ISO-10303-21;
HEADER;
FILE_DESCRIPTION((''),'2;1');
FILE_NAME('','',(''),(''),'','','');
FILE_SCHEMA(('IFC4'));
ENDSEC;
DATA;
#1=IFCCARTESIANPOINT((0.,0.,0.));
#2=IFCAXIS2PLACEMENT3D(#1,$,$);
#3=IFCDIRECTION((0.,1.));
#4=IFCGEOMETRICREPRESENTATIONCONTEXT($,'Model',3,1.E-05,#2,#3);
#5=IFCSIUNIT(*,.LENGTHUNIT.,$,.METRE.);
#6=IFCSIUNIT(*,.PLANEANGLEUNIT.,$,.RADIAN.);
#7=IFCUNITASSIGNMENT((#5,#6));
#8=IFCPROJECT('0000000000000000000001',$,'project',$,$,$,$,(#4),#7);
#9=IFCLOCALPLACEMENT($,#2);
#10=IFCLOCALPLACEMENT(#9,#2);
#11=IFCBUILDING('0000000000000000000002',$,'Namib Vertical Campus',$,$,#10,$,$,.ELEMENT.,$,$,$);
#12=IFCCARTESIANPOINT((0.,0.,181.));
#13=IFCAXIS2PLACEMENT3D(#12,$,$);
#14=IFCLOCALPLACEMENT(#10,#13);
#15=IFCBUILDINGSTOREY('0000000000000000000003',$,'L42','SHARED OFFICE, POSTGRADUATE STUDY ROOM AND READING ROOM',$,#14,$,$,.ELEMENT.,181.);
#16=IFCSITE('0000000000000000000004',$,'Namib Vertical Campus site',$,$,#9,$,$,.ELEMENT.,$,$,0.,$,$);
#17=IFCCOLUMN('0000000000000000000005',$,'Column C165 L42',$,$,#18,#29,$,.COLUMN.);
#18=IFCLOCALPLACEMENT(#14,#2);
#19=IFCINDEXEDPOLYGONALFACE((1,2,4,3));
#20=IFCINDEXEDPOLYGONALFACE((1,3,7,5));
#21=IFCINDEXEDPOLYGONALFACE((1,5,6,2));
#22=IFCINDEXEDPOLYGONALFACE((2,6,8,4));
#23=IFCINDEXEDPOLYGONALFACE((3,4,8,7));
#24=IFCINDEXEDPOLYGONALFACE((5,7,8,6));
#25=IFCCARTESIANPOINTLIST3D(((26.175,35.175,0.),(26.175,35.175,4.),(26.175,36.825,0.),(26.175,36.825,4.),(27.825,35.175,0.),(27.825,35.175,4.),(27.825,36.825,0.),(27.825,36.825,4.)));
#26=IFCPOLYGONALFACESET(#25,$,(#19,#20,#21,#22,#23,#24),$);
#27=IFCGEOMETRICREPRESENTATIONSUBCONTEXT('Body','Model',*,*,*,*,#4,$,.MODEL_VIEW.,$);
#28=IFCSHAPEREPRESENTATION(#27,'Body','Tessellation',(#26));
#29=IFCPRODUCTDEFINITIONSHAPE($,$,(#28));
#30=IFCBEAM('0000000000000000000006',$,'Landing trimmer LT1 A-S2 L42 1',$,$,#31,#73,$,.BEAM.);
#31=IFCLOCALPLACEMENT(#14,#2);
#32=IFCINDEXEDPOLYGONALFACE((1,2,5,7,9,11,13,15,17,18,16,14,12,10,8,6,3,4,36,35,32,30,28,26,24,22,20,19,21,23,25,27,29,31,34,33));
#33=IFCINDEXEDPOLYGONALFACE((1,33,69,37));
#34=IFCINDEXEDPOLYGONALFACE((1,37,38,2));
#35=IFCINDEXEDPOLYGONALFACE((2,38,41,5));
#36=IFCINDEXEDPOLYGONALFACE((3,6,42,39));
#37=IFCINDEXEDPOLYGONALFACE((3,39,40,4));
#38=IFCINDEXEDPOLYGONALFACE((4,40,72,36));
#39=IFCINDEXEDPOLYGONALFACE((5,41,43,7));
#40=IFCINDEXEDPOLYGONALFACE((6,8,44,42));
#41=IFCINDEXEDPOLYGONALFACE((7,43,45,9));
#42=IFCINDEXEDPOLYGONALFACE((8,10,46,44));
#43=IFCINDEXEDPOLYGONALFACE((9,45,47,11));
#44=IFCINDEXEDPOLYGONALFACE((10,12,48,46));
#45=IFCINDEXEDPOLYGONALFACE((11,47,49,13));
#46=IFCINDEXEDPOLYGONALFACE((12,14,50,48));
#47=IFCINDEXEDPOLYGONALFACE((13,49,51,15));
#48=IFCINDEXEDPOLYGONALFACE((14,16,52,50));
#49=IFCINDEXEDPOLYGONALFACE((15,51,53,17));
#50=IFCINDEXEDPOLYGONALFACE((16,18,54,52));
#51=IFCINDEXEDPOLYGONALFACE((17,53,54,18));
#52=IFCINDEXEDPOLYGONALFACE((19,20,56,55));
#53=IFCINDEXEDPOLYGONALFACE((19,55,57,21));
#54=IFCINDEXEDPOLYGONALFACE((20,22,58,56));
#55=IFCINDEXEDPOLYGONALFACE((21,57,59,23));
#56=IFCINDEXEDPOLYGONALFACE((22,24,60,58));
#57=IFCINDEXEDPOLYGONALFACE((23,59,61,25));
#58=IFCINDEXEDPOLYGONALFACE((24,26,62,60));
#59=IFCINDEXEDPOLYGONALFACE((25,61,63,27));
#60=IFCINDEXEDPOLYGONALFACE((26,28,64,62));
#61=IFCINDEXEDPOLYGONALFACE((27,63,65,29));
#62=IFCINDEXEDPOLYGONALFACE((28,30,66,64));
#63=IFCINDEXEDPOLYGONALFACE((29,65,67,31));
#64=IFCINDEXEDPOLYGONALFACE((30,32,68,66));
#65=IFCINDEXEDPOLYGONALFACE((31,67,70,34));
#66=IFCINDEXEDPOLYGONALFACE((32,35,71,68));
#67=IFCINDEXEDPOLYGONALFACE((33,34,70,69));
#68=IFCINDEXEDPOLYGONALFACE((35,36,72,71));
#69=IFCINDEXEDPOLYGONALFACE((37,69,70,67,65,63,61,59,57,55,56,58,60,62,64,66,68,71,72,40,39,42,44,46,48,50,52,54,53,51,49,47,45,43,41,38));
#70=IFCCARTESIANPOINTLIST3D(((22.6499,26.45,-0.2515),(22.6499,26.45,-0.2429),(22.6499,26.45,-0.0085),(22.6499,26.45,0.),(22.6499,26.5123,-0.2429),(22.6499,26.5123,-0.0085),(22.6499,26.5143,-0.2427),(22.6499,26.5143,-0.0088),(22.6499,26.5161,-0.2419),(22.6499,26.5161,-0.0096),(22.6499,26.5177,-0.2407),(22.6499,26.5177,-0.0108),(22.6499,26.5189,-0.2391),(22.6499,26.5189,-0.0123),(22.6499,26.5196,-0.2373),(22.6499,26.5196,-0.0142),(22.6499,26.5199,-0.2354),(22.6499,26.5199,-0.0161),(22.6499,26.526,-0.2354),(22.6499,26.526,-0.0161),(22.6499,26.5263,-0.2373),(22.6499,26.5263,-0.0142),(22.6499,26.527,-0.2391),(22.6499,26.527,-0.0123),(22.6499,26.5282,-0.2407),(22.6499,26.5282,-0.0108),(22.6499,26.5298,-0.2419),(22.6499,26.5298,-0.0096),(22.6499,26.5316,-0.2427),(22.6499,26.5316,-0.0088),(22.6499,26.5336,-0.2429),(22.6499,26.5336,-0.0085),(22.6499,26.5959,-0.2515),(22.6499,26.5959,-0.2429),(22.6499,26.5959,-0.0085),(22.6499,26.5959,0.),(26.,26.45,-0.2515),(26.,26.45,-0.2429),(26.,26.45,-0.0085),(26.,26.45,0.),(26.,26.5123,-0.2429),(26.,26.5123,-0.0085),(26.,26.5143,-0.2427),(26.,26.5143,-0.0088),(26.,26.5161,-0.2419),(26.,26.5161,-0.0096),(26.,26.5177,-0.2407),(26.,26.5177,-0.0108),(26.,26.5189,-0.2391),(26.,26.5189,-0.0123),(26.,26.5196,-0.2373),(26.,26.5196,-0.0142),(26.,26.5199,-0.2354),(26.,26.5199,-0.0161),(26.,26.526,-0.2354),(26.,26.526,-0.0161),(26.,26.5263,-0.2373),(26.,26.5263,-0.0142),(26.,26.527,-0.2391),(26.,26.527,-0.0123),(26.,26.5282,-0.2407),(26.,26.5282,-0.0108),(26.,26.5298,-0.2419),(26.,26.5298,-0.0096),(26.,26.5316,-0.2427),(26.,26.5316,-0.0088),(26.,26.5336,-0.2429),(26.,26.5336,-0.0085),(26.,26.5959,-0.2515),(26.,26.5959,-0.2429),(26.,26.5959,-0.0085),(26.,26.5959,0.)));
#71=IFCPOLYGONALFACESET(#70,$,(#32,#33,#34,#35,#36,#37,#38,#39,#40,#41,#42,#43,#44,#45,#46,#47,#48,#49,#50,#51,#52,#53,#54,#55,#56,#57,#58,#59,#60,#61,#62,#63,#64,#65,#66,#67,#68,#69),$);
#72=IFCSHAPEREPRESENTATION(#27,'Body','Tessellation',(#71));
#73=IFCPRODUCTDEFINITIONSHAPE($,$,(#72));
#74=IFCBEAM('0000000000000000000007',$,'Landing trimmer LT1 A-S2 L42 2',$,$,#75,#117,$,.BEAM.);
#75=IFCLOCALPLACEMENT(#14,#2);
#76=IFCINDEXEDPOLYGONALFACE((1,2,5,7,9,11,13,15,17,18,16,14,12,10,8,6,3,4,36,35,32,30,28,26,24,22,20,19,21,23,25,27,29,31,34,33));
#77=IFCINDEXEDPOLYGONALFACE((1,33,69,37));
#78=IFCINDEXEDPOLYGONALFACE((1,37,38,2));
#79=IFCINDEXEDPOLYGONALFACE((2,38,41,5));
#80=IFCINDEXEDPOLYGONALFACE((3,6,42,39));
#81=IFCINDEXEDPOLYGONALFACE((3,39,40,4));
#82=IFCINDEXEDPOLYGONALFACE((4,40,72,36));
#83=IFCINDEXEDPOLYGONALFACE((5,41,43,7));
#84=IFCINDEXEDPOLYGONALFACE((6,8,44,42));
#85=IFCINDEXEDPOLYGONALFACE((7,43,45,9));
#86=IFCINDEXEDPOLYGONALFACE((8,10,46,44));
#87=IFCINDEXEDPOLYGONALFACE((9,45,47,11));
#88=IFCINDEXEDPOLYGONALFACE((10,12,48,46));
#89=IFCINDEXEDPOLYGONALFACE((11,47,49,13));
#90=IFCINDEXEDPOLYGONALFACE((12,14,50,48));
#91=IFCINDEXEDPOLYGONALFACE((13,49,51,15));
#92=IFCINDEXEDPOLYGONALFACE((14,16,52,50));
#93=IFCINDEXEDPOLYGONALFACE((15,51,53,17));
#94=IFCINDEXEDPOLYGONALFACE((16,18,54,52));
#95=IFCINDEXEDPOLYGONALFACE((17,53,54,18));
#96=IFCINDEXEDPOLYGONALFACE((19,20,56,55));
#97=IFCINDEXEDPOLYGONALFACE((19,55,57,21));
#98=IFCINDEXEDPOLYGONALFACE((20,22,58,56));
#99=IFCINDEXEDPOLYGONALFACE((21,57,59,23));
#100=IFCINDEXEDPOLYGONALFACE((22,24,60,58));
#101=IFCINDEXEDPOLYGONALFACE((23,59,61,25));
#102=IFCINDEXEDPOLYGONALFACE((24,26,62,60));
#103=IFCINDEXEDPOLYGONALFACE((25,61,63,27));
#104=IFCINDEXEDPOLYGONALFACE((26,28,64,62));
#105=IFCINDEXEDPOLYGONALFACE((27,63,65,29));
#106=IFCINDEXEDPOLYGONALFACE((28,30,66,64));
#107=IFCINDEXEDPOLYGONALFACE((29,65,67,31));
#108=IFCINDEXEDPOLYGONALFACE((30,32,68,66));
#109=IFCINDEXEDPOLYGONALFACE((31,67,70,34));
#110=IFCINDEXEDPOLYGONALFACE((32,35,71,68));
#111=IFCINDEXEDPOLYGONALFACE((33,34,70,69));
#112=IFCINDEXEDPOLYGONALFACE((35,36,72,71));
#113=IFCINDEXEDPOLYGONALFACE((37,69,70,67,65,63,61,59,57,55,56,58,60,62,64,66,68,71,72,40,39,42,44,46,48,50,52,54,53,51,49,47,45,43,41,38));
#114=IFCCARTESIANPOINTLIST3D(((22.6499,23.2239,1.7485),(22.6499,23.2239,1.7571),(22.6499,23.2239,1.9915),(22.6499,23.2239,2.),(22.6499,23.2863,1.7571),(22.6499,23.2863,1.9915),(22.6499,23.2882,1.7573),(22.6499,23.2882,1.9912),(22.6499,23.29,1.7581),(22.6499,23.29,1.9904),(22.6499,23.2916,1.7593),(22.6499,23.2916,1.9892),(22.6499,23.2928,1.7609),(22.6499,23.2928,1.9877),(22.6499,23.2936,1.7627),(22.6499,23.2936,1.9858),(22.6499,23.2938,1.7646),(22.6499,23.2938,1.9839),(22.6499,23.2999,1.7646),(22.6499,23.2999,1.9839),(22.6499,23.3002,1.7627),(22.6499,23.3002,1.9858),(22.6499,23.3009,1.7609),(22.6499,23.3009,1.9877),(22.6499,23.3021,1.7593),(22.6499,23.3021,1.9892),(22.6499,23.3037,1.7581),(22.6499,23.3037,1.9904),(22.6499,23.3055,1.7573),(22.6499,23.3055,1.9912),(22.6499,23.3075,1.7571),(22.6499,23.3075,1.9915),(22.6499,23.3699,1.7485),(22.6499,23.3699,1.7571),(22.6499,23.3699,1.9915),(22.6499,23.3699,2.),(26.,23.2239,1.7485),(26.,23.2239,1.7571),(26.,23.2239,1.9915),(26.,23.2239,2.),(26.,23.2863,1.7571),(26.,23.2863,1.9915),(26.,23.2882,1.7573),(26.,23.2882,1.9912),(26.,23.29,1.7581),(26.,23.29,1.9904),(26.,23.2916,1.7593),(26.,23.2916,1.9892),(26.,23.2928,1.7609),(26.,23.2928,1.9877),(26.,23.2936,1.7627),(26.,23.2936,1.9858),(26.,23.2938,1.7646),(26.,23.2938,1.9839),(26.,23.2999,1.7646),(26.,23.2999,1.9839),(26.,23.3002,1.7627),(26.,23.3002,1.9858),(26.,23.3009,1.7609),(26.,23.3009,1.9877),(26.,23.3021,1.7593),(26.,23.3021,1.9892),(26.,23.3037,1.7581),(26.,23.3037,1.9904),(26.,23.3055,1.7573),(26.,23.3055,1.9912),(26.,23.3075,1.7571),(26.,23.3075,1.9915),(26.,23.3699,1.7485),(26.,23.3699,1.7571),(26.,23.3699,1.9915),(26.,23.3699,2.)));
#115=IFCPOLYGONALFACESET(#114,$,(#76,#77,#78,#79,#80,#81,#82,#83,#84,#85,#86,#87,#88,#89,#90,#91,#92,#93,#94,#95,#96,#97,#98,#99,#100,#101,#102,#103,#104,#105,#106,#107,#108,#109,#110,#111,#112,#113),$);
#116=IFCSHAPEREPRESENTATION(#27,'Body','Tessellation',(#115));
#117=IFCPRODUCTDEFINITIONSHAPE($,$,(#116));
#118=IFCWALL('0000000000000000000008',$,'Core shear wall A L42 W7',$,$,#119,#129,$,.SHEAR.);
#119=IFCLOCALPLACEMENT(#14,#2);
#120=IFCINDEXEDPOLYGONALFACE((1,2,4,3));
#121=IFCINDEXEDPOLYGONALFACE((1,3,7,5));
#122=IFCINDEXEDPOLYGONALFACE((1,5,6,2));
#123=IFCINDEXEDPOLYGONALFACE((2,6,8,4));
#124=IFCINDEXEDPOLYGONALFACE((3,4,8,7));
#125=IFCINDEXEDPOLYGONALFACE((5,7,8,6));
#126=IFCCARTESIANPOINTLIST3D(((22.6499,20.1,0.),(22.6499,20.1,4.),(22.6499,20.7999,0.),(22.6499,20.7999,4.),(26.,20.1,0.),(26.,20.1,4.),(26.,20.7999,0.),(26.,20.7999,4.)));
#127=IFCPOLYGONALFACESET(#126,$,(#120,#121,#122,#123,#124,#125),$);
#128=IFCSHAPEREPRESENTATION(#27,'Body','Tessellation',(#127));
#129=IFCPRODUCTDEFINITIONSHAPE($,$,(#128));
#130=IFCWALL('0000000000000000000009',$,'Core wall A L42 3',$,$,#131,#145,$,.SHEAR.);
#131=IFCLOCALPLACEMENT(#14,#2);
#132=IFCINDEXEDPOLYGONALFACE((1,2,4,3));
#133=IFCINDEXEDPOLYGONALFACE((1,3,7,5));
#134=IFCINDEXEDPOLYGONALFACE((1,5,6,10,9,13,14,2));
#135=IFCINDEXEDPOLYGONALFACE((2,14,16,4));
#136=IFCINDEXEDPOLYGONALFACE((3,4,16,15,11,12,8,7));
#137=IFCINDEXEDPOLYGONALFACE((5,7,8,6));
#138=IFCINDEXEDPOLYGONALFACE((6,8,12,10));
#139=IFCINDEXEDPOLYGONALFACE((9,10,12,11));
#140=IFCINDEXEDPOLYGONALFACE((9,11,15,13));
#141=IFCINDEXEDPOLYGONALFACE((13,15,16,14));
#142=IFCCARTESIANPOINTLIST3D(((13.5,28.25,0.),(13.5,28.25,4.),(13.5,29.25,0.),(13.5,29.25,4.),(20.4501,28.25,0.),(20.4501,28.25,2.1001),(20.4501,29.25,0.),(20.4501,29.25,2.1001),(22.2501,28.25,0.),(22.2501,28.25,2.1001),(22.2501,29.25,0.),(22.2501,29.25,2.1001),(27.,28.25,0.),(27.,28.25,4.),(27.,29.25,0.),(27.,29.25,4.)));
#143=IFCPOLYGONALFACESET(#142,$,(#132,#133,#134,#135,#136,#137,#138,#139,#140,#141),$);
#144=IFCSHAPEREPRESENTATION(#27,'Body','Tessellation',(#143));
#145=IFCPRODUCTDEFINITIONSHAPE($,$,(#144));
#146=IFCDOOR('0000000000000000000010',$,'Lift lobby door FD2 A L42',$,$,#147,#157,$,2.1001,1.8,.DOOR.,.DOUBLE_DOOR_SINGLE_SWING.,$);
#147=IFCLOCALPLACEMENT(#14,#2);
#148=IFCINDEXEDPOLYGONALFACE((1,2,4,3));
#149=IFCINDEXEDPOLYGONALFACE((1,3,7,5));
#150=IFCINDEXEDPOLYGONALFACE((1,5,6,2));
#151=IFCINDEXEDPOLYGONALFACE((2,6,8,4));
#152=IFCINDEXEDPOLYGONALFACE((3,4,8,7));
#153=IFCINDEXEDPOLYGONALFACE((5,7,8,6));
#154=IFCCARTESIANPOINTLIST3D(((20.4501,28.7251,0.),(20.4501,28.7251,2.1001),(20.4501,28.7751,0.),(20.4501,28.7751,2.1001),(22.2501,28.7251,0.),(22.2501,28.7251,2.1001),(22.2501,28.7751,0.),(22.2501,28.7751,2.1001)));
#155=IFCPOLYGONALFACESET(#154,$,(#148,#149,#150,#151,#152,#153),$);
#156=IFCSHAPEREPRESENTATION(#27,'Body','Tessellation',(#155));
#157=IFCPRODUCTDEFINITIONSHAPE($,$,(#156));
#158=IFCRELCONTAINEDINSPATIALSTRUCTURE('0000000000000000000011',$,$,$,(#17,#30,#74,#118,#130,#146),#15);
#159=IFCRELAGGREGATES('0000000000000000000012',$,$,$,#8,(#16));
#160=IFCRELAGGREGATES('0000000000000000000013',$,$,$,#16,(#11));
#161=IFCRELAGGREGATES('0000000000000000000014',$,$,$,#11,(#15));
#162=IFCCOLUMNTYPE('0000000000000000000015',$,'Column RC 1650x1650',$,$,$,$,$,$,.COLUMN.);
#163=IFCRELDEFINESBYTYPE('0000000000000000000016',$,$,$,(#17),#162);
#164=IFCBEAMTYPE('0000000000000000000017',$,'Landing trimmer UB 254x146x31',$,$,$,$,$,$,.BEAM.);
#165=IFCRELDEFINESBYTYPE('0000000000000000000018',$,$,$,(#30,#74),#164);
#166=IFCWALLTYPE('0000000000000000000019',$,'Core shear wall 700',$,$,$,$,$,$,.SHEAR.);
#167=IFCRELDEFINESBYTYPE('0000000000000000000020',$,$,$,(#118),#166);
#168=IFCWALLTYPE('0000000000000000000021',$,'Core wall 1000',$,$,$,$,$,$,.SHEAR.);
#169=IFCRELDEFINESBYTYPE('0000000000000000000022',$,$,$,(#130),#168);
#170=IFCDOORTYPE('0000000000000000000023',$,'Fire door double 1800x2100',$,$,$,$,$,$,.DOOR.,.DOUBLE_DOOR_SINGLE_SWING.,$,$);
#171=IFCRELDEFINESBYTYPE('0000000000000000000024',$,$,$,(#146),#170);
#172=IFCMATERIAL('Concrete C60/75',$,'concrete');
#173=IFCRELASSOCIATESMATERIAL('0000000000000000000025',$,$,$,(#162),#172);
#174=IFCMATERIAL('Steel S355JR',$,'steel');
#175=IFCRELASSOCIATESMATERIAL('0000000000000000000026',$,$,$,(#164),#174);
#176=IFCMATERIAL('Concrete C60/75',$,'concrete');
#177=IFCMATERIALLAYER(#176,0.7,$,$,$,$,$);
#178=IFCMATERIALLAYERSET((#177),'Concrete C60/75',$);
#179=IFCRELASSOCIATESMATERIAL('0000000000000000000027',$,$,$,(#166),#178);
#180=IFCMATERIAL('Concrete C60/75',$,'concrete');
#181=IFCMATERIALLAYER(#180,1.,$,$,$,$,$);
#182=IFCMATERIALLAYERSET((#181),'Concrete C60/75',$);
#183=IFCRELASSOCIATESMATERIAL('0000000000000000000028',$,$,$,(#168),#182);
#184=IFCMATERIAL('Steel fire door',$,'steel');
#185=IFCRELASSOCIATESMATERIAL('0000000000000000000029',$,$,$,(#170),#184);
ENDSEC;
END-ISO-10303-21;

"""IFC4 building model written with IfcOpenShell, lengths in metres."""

from ifc_helpers import new_model, si_unit, direction, frame, frame_2d, origin, origin_2d, place, context, subcontext, project, spatial, rectangle, i_section, extrude, material, layer, layer_set, material_profile, profile_set, type_object, element, fill, save


model = new_model("IFC4")

# Units and contexts
model_context = context("Model", 3, precision=1e-05, world=origin(), true_north=direction((0.0, 1.0)))
body_context = subcontext(model_context, "Body", "Model", "MODEL_VIEW")
ifc_project = project(units=[si_unit("LENGTHUNIT", "METRE"), si_unit("PLANEANGLEUNIT", "RADIAN")], contexts=[model_context])

# Site, building, storey
site_placement = place(None, origin())
site = spatial("IfcSite", under=ifc_project, at=site_placement, Name="Namib Vertical Campus site", CompositionType="ELEMENT", RefElevation=0.0)
building_placement = place(site_placement, origin())
building = spatial("IfcBuilding", under=site, at=building_placement, Name="Namib Vertical Campus", CompositionType="ELEMENT")
storey_placement = place(building_placement, frame((0.0, 0.0, 181.0)))
storey = spatial("IfcBuildingStorey", under=building, at=storey_placement, Name="L42", Description="SHARED OFFICE, POSTGRADUATE STUDY ROOM AND READING ROOM", CompositionType="ELEMENT", Elevation=181.0)

# Column
ifc_material_1 = material(Name="Concrete C60/75", Category="concrete")
ifc_material_profile_1 = material_profile(ifc_material_1, rectangle(XDim=1.6499, YDim=1.6499, at=origin_2d()))
ifc_profile_set_1 = profile_set([ifc_material_profile_1], Name="Concrete C60/75")
column_type = type_object("IfcColumnType", Name="Column RC 1650x1650", PredefinedType="COLUMN", material=ifc_profile_set_1)
column_placement = place(storey_placement, frame((27.0, 36.0, 0.0), z_axis=(0.0, 0.0, 1.0), x_axis=(1.0, 0.0, 0.0)))
element("IfcColumn", 1, at=column_placement, inside=storey, type_object=column_type, Name="Column C165 L42", PredefinedType="COLUMN", context=body_context, shape_type="SweptSolid", body=[
    extrude(rectangle(XDim=1.6499, YDim=1.6499, at=origin_2d()), origin(), (0.0, 0.0, 1.0), 4.0),
])

# Beams
ifc_material_2 = material(Name="Steel S355JR", Category="steel")
ifc_material_profile_2 = material_profile(ifc_material_2, i_section(OverallWidth=0.146, OverallDepth=0.2515, WebThickness=0.0061, FlangeThickness=0.0085, FilletRadius=0.0076, at=origin_2d()))
ifc_profile_set_2 = profile_set([ifc_material_profile_2], Name="Steel S355JR")
beam_type = type_object("IfcBeamType", Name="Landing trimmer UB 254x146x31", PredefinedType="BEAM", material=ifc_profile_set_2)
for number, where, z_axis, x_axis, name in (
    (2, (22.6499, 26.5229, -0.1257), (1.0, 0.0, 0.0), (0.0, 1.0, 0.0), "Landing trimmer LT1 A-S2 L42 1"),
    (3, (22.6499, 23.2969, 1.8743), (1.0, 0.0, 0.0), (0.0, 1.0, 0.0), "Landing trimmer LT1 A-S2 L42 2"),
):
    element("IfcBeam", number, at=place(storey_placement, frame(where, z_axis=z_axis, x_axis=x_axis)), inside=storey, type_object=beam_type, Name=name, PredefinedType="BEAM", context=body_context, shape_type="SweptSolid", body=[
        extrude(i_section(OverallWidth=0.146, OverallDepth=0.2515, WebThickness=0.0061, FlangeThickness=0.0085, FilletRadius=0.0076, at=origin_2d()), origin(), (0.0, 0.0, 1.0), 3.3501),
    ])

# Wall
ifc_material_3 = material(Name="Concrete C60/75", Category="concrete")
ifc_layer_1 = layer(ifc_material_3, 0.7)
ifc_layer_set_1 = layer_set([ifc_layer_1], Name="Concrete C60/75")
wall_type_1 = type_object("IfcWallType", Name="Core shear wall 700", PredefinedType="SHEAR", material=ifc_layer_set_1)
wall_1_placement = place(storey_placement, frame((22.6499, 20.45, 0.0), z_axis=(0.0, 0.0, 1.0), x_axis=(1.0, 0.0, 0.0)))
element("IfcWall", 4, at=wall_1_placement, inside=storey, type_object=wall_type_1, Name="Core shear wall A L42 W7", PredefinedType="SHEAR", context=body_context, shape_type="SweptSolid", body=[
    extrude(rectangle(XDim=3.3501, YDim=0.7, at=frame_2d((1.675, 0.0))), origin(), (0.0, 0.0, 1.0), 4.0),
])

# Wall, opening, door
ifc_material_4 = material(Name="Concrete C60/75", Category="concrete")
ifc_layer_2 = layer(ifc_material_4, 1.0)
ifc_layer_set_2 = layer_set([ifc_layer_2], Name="Concrete C60/75")
wall_type_2 = type_object("IfcWallType", Name="Core wall 1000", PredefinedType="SHEAR", material=ifc_layer_set_2)
wall_2_placement = place(storey_placement, frame((27.0, 28.75, 0.0), z_axis=(0.0, 0.0, 1.0), x_axis=(-1.0, 0.0, 0.0)))
wall_2 = element("IfcWall", 5, at=wall_2_placement, inside=storey, type_object=wall_type_2, Name="Core wall A L42 3", PredefinedType="SHEAR", context=body_context, shape_type="SweptSolid", body=[
    extrude(rectangle(XDim=13.5, YDim=1.0, at=frame_2d((6.75, 0.0))), origin(), (0.0, 0.0, 1.0), 4.0),
])
opening_1_placement = place(wall_2_placement, frame((4.75, 0.0, 0.0)))
opening_1 = element("IfcOpeningElement", 6, at=opening_1_placement, cuts=wall_2, PredefinedType="OPENING", context=body_context, shape_type="SweptSolid", body=[
    extrude(rectangle(XDim=1.8, YDim=2.1001, at=frame_2d((0.8999, 1.05))), frame((0.0, 0.51, 0.0), z_axis=(0.0, -1.0, 0.0), x_axis=(1.0, 0.0, 0.0)), (0.0, 0.0, 1.0), 1.02),
])
ifc_material_5 = material(Name="Steel fire door", Category="steel")
door_type_1 = type_object("IfcDoorType", Name="Fire door double 1800x2100", OperationType="DOUBLE_DOOR_SINGLE_SWING", PredefinedType="DOOR", material=ifc_material_5)
door_1_placement = place(opening_1_placement, origin())
door_1 = element("IfcDoor", 7, at=door_1_placement, inside=storey, type_object=door_type_1, Name="Lift lobby door FD2 A L42", OperationType="DOUBLE_DOOR_SINGLE_SWING", OverallHeight=2.1001, OverallWidth=1.8, PredefinedType="DOOR", context=body_context, shape_type="SweptSolid", body=[
    extrude(rectangle(XDim=1.8, YDim=2.1001, at=frame_2d((0.8999, 1.05))), frame((0.0, 0.0249, 0.0), z_axis=(0.0, -1.0, 0.0), x_axis=(1.0, 0.0, 0.0)), (0.0, 0.0, 1.0), 0.05),
])
fill(opening_1, door_1)

save(model, "model.ifc")
